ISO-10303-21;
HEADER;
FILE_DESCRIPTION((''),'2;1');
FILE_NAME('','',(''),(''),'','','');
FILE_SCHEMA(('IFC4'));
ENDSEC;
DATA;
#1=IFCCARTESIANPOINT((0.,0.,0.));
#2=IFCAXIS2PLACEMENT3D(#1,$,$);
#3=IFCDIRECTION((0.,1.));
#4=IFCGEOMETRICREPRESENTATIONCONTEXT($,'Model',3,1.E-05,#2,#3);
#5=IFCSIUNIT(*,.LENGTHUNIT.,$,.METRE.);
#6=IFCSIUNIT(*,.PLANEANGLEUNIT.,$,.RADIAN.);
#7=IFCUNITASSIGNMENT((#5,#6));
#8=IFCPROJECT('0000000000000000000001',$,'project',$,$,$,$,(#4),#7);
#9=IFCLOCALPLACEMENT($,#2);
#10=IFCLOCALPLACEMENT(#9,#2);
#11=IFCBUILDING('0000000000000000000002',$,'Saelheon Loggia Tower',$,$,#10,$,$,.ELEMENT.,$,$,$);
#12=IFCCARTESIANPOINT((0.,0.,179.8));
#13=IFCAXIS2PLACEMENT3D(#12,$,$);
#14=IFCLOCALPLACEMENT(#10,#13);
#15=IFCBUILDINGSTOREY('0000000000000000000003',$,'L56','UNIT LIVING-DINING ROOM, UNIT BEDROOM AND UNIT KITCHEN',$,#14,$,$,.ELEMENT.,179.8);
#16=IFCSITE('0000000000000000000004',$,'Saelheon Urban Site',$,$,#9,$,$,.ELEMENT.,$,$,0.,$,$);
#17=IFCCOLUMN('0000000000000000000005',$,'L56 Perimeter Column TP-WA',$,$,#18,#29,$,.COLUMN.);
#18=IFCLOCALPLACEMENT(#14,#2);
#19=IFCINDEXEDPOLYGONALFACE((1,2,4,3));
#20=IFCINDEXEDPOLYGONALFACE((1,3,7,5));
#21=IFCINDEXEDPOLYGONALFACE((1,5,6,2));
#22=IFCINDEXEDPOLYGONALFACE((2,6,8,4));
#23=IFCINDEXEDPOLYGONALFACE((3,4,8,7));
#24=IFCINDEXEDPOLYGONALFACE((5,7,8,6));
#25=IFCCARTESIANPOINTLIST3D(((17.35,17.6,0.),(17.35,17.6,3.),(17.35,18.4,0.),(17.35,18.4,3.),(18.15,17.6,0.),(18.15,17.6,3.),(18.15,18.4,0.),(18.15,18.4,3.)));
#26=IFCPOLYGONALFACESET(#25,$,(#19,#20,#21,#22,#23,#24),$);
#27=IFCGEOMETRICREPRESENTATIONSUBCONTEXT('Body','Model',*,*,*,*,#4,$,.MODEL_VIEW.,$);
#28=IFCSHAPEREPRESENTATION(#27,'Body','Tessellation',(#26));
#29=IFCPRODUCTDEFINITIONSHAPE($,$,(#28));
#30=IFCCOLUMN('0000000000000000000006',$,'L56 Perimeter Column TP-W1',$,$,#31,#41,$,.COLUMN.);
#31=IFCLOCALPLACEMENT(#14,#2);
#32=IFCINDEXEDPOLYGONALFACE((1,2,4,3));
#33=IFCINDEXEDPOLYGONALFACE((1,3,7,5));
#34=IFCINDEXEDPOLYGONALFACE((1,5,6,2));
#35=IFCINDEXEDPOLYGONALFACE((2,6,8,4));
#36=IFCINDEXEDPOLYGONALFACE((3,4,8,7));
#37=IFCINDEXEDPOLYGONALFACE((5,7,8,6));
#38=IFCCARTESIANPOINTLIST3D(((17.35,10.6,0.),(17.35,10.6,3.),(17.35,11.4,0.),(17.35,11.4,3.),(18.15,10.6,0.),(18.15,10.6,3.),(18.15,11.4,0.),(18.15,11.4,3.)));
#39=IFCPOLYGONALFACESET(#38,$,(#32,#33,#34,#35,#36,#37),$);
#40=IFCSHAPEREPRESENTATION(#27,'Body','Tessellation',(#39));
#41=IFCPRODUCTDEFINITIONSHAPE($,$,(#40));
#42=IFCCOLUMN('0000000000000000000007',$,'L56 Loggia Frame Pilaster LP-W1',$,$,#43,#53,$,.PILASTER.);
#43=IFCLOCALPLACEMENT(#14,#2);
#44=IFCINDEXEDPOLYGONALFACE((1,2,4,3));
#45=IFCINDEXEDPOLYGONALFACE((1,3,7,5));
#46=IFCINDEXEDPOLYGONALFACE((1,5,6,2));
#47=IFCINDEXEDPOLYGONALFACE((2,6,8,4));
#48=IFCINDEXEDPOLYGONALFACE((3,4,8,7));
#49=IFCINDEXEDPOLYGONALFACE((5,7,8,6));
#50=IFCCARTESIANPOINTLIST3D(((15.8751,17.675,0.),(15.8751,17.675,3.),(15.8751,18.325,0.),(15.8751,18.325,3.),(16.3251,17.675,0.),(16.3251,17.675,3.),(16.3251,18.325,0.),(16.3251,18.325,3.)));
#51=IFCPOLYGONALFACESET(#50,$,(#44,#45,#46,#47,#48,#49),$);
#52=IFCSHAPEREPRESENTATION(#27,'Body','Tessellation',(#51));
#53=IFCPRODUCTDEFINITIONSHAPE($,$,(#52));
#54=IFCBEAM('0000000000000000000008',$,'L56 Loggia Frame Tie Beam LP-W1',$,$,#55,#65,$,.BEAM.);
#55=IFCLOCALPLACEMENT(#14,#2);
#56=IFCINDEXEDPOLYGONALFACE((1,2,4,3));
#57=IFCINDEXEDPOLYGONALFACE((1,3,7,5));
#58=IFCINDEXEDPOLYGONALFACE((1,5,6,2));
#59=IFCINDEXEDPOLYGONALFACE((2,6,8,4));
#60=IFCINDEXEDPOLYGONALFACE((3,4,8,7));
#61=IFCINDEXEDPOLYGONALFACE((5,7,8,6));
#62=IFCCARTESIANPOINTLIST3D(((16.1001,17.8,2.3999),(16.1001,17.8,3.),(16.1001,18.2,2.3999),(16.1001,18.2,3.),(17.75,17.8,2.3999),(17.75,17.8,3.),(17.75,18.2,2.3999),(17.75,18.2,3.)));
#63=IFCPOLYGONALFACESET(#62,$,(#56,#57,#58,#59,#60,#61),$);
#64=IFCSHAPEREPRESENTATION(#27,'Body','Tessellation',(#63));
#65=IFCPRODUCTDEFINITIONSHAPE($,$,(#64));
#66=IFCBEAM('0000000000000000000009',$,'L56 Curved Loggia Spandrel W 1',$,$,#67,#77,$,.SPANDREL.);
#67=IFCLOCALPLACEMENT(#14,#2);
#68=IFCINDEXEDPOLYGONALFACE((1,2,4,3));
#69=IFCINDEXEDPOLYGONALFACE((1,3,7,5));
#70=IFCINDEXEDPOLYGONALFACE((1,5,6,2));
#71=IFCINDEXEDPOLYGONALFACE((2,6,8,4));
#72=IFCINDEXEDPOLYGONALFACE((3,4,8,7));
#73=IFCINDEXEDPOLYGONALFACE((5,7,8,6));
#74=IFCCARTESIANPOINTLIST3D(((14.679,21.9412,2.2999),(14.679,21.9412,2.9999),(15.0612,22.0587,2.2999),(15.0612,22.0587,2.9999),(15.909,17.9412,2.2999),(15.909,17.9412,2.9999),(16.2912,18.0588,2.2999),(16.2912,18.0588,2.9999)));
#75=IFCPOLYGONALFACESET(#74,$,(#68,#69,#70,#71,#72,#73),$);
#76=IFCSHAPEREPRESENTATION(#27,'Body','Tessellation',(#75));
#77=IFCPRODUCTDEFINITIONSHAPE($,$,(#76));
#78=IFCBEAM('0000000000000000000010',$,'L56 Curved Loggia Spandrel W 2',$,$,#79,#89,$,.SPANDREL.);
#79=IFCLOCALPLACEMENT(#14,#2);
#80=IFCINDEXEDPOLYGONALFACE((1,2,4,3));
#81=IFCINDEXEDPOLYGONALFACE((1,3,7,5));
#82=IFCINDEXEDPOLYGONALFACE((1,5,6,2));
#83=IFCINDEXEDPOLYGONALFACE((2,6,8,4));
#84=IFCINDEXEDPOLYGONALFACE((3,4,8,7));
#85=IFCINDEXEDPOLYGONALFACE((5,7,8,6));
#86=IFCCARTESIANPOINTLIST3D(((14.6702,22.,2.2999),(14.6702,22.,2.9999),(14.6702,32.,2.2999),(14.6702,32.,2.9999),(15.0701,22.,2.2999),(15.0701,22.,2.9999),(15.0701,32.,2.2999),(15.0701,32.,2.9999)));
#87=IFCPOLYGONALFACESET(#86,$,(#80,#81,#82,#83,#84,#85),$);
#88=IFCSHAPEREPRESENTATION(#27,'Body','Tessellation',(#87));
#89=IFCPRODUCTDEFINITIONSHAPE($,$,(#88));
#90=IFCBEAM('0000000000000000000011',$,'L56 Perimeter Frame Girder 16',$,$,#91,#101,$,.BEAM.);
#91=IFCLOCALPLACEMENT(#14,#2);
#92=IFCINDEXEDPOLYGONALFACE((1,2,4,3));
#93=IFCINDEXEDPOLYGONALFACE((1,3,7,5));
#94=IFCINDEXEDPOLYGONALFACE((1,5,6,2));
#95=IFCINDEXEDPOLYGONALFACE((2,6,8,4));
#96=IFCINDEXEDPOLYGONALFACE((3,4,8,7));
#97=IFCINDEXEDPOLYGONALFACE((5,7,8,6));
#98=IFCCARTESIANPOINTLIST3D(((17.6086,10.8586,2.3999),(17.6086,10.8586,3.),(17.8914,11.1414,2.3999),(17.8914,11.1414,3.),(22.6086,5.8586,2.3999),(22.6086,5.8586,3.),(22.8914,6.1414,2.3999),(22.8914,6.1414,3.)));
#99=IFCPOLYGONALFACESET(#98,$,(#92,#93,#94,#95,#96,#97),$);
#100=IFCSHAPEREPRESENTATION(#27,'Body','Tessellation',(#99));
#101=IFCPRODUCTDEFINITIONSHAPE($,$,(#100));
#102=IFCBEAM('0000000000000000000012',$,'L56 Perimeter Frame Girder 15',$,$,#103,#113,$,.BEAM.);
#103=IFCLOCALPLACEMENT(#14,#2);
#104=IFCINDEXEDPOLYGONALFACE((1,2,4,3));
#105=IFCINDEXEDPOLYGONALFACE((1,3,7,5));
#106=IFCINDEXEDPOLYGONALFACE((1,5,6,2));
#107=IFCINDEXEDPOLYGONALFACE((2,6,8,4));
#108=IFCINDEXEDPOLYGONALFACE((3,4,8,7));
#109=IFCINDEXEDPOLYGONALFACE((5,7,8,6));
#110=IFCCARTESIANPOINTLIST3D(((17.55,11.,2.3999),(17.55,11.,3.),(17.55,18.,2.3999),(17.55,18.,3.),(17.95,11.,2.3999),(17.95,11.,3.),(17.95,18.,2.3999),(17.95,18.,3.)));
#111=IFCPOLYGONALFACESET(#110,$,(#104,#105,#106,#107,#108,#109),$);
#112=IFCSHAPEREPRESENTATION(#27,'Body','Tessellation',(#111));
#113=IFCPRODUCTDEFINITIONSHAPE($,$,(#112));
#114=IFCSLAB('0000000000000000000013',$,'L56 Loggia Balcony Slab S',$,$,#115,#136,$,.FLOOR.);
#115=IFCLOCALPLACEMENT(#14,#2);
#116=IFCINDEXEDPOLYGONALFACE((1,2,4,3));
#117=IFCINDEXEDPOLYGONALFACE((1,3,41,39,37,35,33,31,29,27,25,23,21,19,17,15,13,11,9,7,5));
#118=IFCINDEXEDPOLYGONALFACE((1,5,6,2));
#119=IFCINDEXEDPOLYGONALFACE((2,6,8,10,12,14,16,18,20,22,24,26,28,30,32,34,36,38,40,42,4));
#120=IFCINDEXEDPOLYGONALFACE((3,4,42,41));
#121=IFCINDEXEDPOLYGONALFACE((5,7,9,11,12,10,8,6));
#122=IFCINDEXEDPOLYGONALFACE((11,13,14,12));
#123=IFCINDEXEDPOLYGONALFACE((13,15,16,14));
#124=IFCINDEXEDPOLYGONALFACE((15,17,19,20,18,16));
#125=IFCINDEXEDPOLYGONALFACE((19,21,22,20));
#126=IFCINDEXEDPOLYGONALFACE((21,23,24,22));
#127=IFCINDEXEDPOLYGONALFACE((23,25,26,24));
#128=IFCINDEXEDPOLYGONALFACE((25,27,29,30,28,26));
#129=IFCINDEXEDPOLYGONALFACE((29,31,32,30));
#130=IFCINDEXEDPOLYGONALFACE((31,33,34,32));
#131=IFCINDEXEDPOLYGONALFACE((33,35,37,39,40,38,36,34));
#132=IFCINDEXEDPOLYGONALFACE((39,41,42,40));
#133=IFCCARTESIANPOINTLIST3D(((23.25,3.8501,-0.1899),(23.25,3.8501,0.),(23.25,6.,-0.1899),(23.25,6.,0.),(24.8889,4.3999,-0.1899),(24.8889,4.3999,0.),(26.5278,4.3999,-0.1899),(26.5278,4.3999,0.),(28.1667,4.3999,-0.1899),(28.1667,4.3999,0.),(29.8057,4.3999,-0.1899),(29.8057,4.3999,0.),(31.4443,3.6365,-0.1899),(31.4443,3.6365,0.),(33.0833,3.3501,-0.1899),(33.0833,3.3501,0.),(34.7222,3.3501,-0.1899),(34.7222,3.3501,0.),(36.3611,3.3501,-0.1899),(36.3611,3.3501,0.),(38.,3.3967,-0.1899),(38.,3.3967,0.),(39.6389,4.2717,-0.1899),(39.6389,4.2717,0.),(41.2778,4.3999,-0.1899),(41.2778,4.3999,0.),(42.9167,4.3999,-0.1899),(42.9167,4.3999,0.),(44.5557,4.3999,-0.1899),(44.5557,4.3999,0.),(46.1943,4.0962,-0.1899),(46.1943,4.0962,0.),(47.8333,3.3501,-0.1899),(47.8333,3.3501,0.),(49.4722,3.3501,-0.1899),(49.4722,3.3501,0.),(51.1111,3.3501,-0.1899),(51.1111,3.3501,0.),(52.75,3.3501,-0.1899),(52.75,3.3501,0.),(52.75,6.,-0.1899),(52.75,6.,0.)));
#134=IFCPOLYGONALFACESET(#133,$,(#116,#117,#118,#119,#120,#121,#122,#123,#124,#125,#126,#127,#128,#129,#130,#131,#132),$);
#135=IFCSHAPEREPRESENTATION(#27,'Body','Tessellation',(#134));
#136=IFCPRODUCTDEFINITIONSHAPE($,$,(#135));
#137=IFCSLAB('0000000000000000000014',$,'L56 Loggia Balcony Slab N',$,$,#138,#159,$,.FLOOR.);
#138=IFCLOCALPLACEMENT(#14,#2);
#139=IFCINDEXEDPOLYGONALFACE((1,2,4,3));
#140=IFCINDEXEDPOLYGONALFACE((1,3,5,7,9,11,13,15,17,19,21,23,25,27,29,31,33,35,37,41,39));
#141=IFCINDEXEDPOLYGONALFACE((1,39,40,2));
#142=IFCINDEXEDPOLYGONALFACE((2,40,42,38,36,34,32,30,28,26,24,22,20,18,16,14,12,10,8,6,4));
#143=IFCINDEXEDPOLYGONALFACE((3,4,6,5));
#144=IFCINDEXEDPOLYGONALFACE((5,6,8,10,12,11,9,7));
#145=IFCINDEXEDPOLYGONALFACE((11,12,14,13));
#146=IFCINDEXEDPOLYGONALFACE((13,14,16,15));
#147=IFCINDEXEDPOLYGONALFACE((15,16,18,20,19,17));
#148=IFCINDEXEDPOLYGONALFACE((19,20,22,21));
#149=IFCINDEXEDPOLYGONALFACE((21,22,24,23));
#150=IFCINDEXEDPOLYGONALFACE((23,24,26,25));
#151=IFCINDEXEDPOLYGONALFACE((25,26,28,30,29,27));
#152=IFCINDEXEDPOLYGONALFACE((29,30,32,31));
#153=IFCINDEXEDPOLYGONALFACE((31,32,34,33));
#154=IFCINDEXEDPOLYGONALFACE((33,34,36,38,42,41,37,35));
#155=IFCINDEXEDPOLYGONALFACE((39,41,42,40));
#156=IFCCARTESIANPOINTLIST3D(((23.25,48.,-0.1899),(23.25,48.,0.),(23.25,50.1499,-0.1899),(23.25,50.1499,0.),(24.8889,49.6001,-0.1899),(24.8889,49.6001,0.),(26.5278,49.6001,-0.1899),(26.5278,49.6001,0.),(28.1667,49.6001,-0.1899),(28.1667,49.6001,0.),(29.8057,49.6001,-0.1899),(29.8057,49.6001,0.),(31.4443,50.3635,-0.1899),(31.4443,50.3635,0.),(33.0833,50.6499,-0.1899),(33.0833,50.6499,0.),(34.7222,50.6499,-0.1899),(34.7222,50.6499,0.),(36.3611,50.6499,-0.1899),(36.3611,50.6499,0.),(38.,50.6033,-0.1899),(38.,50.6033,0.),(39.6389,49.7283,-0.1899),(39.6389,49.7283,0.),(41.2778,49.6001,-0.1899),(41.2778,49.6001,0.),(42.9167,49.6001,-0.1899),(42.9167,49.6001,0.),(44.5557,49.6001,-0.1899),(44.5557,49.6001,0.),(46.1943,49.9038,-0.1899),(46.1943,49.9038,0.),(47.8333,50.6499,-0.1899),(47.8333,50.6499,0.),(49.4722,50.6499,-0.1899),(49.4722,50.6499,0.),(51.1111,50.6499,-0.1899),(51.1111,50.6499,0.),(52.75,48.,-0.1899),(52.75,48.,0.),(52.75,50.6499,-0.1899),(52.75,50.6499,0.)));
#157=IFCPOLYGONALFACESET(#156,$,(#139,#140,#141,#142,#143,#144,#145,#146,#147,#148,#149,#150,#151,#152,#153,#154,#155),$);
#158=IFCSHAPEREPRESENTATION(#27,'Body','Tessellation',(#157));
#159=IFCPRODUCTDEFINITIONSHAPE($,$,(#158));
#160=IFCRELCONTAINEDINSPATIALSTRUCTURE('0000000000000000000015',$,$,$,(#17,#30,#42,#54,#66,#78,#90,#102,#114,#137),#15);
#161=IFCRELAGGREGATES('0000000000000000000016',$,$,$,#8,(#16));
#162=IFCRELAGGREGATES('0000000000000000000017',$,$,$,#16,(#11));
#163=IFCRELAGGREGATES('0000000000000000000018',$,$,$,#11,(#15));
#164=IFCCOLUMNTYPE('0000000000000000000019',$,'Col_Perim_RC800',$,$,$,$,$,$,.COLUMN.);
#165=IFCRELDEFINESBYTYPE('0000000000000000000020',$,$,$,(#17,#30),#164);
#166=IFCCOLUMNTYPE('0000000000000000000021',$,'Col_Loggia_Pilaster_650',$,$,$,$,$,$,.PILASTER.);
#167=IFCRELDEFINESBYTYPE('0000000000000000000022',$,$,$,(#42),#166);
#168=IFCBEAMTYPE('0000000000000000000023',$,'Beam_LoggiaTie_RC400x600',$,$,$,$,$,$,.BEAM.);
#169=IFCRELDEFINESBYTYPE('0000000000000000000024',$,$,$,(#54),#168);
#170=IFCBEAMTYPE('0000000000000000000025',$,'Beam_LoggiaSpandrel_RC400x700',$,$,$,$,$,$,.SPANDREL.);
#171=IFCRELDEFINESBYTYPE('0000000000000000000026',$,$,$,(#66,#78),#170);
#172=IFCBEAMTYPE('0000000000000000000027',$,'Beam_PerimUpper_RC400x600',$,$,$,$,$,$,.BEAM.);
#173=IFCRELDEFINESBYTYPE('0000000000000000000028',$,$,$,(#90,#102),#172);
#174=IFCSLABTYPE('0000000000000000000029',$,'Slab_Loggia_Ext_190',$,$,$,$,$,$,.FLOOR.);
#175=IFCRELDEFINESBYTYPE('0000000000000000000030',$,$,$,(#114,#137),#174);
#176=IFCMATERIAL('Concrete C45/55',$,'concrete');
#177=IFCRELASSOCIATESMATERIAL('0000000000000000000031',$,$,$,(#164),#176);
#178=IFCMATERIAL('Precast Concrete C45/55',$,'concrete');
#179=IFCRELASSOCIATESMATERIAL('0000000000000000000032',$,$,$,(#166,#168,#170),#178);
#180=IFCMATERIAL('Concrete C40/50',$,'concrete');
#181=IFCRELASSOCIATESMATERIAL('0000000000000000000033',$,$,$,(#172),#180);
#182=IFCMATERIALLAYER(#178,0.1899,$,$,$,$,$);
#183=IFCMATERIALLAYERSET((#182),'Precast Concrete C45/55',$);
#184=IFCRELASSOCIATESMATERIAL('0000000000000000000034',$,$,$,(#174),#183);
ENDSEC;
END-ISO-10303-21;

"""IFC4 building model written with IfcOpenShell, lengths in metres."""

from ifc_helpers import new_model, si_unit, direction, frame, origin, origin_2d, place, context, subcontext, project, spatial, polyline, rectangle, outline, extrude, source, transform, mapped, material, layer, layer_set, material_profile, profile_set, type_object, element, save


model = new_model("IFC4")

# Units and contexts
model_context = context("Model", 3, precision=1e-05, world=origin(), true_north=direction((0.0, 1.0)))
body_context = subcontext(model_context, "Body", "Model", "MODEL_VIEW")
ifc_project = project(units=[si_unit("LENGTHUNIT", "METRE"), si_unit("PLANEANGLEUNIT", "RADIAN")], contexts=[model_context])

# Site, building, storey
site_placement = place(None, origin())
site = spatial("IfcSite", under=ifc_project, at=site_placement, Name="Saelheon Urban Site", CompositionType="ELEMENT", RefElevation=0.0)
building_placement = place(site_placement, origin())
building = spatial("IfcBuilding", under=site, at=building_placement, Name="Saelheon Loggia Tower", CompositionType="ELEMENT")
storey_placement = place(building_placement, frame((0.0, 0.0, 179.8)))
storey = spatial("IfcBuildingStorey", under=building, at=storey_placement, Name="L56", Description="UNIT LIVING-DINING ROOM, UNIT BEDROOM AND UNIT KITCHEN", CompositionType="ELEMENT", Elevation=179.8)

# Columns
ifc_material_1 = material(Name="Concrete C45/55", Category="concrete")
ifc_material_profile_1 = material_profile(ifc_material_1, rectangle(XDim=0.8, YDim=0.8, at=origin_2d()), Name="RC-800x800")
ifc_profile_set_1 = profile_set([ifc_material_profile_1], Name="Concrete C45/55")
column_type_1 = type_object("IfcColumnType", Name="Col_Perim_RC800", PredefinedType="COLUMN", material=ifc_profile_set_1)
shared_shape_1 = source(origin(), body_context, "Body", "SweptSolid", [
    extrude(rectangle(XDim=0.8, YDim=0.8, at=origin_2d()), origin(), (0.0, 0.0, 1.0), 3.0),
])
for number, where, z_axis, x_axis, name in (
    (1, (17.75, 18.0, 0.0), (0.0, 0.0, 1.0), (1.0, 0.0, 0.0), "L56 Perimeter Column TP-WA"),
    (2, (17.75, 11.0, 0.0), (0.0, 0.0, 1.0), (1.0, 0.0, 0.0), "L56 Perimeter Column TP-W1"),
):
    element("IfcColumn", number, at=place(storey_placement, frame(where, z_axis=z_axis, x_axis=x_axis)), inside=storey, type_object=column_type_1, Name=name, PredefinedType="COLUMN", context=body_context, shape_type="MappedRepresentation", body=[
        mapped(shared_shape_1, transform((0.0, 0.0, 0.0), scale=1.0)),
    ])
ifc_material_2 = material(Name="Precast Concrete C45/55", Category="concrete")
ifc_material_profile_2 = material_profile(ifc_material_2, rectangle(XDim=0.45, YDim=0.6499, at=origin_2d()), Name="RC-450x650")
ifc_profile_set_2 = profile_set([ifc_material_profile_2], Name="Precast Concrete C45/55")
column_type_2 = type_object("IfcColumnType", Name="Col_Loggia_Pilaster_650", PredefinedType="PILASTER", material=ifc_profile_set_2)
shared_shape_2 = source(origin(), body_context, "Body", "SweptSolid", [
    extrude(rectangle(XDim=0.45, YDim=0.6499, at=origin_2d()), origin(), (0.0, 0.0, 1.0), 3.0),
])
column_placement = place(storey_placement, frame((16.1001, 18.0, 0.0), z_axis=(0.0, 0.0, 1.0), x_axis=(1.0, 0.0, 0.0)))
element("IfcColumn", 3, at=column_placement, inside=storey, type_object=column_type_2, Name="L56 Loggia Frame Pilaster LP-W1", PredefinedType="PILASTER", context=body_context, shape_type="MappedRepresentation", body=[
    mapped(shared_shape_2, transform((0.0, 0.0, 0.0), scale=1.0)),
])

# Beams
ifc_material_profile_3 = material_profile(ifc_material_2, rectangle(XDim=0.3999, YDim=0.6001, at=origin_2d()), Name="RC-400x600")
ifc_profile_set_3 = profile_set([ifc_material_profile_3], Name="Precast Concrete C45/55")
beam_type_1 = type_object("IfcBeamType", Name="Beam_LoggiaTie_RC400x600", PredefinedType="BEAM", material=ifc_profile_set_3)
shared_shape_3 = source(origin(), body_context, "Body", "SweptSolid", [
    extrude(rectangle(XDim=0.3999, YDim=0.6001, at=origin_2d()), origin(), (0.0, 0.0, 1.0), 1.6499),
])
beam_1_placement = place(storey_placement, frame((17.75, 18.0, 2.7), z_axis=(-1.0, 0.0, 0.0), x_axis=(0.0, -1.0, 0.0)))
element("IfcBeam", 4, at=beam_1_placement, inside=storey, type_object=beam_type_1, Name="L56 Loggia Frame Tie Beam LP-W1", PredefinedType="BEAM", context=body_context, shape_type="MappedRepresentation", body=[
    mapped(shared_shape_3, transform((0.0, 0.0, 0.0), scale=1.0)),
])
ifc_material_profile_4 = material_profile(ifc_material_2, rectangle(XDim=0.3999, YDim=0.7, at=origin_2d()), Name="RC-400x700")
ifc_profile_set_4 = profile_set([ifc_material_profile_4], Name="Precast Concrete C45/55")
beam_type_2 = type_object("IfcBeamType", Name="Beam_LoggiaSpandrel_RC400x700", PredefinedType="SPANDREL", material=ifc_profile_set_4)
shared_shape_4 = source(origin(), body_context, "Body", "SweptSolid", [
    extrude(rectangle(XDim=0.3999, YDim=0.7, at=origin_2d()), origin(), (0.0, 0.0, 1.0), 4.1848),
])
beam_2_placement = place(storey_placement, frame((16.1001, 18.0, 2.6499), z_axis=(-0.293914, 0.955832, 0.0), x_axis=(-0.955832, -0.293914, 0.0)))
element("IfcBeam", 5, at=beam_2_placement, inside=storey, type_object=beam_type_2, Name="L56 Curved Loggia Spandrel W 1", PredefinedType="SPANDREL", context=body_context, shape_type="MappedRepresentation", body=[
    mapped(shared_shape_4, transform((0.0, 0.0, 0.0), scale=1.0)),
])
shared_shape_5 = source(origin(), body_context, "Body", "SweptSolid", [
    extrude(rectangle(XDim=0.3999, YDim=0.7, at=origin_2d()), origin(), (0.0, 0.0, 1.0), 10.0),
])
beam_3_placement = place(storey_placement, frame((14.8701, 22.0, 2.6499), z_axis=(0.0, 1.0, 0.0), x_axis=(-1.0, 0.0, 0.0)))
element("IfcBeam", 6, at=beam_3_placement, inside=storey, type_object=beam_type_2, Name="L56 Curved Loggia Spandrel W 2", PredefinedType="SPANDREL", context=body_context, shape_type="MappedRepresentation", body=[
    mapped(shared_shape_5, transform((0.0, 0.0, 0.0), scale=1.0)),
])
ifc_material_3 = material(Name="Concrete C40/50", Category="concrete")
ifc_material_profile_5 = material_profile(ifc_material_3, rectangle(XDim=0.3999, YDim=0.6001, at=origin_2d()), Name="RC-400x600")
ifc_profile_set_5 = profile_set([ifc_material_profile_5], Name="Concrete C40/50")
beam_type_3 = type_object("IfcBeamType", Name="Beam_PerimUpper_RC400x600", PredefinedType="BEAM", material=ifc_profile_set_5)
shared_shape_6 = source(origin(), body_context, "Body", "SweptSolid", [
    extrude(rectangle(XDim=0.3999, YDim=0.6001, at=origin_2d()), origin(), (0.0, 0.0, 1.0), 7.071),
])
beam_4_placement = place(storey_placement, frame((17.75, 11.0, 2.7), z_axis=(0.707107, -0.707107, 0.0), x_axis=(0.707107, 0.707107, 0.0)))
element("IfcBeam", 7, at=beam_4_placement, inside=storey, type_object=beam_type_3, Name="L56 Perimeter Frame Girder 16", PredefinedType="BEAM", context=body_context, shape_type="MappedRepresentation", body=[
    mapped(shared_shape_6, transform((0.0, 0.0, 0.0), scale=1.0)),
])
shared_shape_7 = source(origin(), body_context, "Body", "SweptSolid", [
    extrude(rectangle(XDim=0.3999, YDim=0.6001, at=origin_2d()), origin(), (0.0, 0.0, 1.0), 7.0),
])
beam_5_placement = place(storey_placement, frame((17.75, 18.0, 2.7), z_axis=(0.0, -1.0, 0.0), x_axis=(1.0, 0.0, 0.0)))
element("IfcBeam", 8, at=beam_5_placement, inside=storey, type_object=beam_type_3, Name="L56 Perimeter Frame Girder 15", PredefinedType="BEAM", context=body_context, shape_type="MappedRepresentation", body=[
    mapped(shared_shape_7, transform((0.0, 0.0, 0.0), scale=1.0)),
])

# Slabs
ifc_layer_1 = layer(ifc_material_2, 0.1899)
ifc_layer_set_1 = layer_set([ifc_layer_1], Name="Precast Concrete C45/55")
slab_type_1 = type_object("IfcSlabType", Name="Slab_Loggia_Ext_190", PredefinedType="FLOOR", material=ifc_layer_set_1)
slab_1_placement = place(storey_placement, frame((0.0, 0.0, -0.1899)))
element("IfcSlab", 9, at=slab_1_placement, inside=storey, type_object=slab_type_1, Name="L56 Loggia Balcony Slab S", PredefinedType="FLOOR", context=body_context, shape_type="SweptSolid", body=[
    extrude(outline(polyline([(23.25, 3.8501), (24.8889, 4.3999), (26.5278, 4.3999), (28.1667, 4.3999), (29.8057, 4.3999), (31.4443, 3.6365), (33.0833, 3.3501), (34.7222, 3.3501), (36.3611, 3.3501), (38.0, 3.3967), (39.6389, 4.2717), (41.2778, 4.3999), (42.9167, 4.3999), (44.5557, 4.3999), (46.1943, 4.0962), (47.8333, 3.3501), (49.4722, 3.3501), (51.1111, 3.3501), (52.75, 3.3501), (52.75, 6.0), (23.25, 6.0), (23.25, 3.8501)])), origin(), (0.0, 0.0, 1.0), 0.1899),
])
slab_2_placement = place(storey_placement, frame((0.0, 0.0, -0.1899)))
element("IfcSlab", 10, at=slab_2_placement, inside=storey, type_object=slab_type_1, Name="L56 Loggia Balcony Slab N", PredefinedType="FLOOR", context=body_context, shape_type="SweptSolid", body=[
    extrude(outline(polyline([(23.25, 48.0), (52.75, 48.0), (52.75, 50.6499), (51.1111, 50.6499), (49.4722, 50.6499), (47.8333, 50.6499), (46.1943, 49.9038), (44.5557, 49.6001), (42.9167, 49.6001), (41.2778, 49.6001), (39.6389, 49.7283), (38.0, 50.6033), (36.3611, 50.6499), (34.7222, 50.6499), (33.0833, 50.6499), (31.4443, 50.3635), (29.8057, 49.6001), (28.1667, 49.6001), (26.5278, 49.6001), (24.8889, 49.6001), (23.25, 50.1499), (23.25, 48.0)])), origin(), (0.0, 0.0, 1.0), 0.1899),
])

save(model, "model.ifc")
